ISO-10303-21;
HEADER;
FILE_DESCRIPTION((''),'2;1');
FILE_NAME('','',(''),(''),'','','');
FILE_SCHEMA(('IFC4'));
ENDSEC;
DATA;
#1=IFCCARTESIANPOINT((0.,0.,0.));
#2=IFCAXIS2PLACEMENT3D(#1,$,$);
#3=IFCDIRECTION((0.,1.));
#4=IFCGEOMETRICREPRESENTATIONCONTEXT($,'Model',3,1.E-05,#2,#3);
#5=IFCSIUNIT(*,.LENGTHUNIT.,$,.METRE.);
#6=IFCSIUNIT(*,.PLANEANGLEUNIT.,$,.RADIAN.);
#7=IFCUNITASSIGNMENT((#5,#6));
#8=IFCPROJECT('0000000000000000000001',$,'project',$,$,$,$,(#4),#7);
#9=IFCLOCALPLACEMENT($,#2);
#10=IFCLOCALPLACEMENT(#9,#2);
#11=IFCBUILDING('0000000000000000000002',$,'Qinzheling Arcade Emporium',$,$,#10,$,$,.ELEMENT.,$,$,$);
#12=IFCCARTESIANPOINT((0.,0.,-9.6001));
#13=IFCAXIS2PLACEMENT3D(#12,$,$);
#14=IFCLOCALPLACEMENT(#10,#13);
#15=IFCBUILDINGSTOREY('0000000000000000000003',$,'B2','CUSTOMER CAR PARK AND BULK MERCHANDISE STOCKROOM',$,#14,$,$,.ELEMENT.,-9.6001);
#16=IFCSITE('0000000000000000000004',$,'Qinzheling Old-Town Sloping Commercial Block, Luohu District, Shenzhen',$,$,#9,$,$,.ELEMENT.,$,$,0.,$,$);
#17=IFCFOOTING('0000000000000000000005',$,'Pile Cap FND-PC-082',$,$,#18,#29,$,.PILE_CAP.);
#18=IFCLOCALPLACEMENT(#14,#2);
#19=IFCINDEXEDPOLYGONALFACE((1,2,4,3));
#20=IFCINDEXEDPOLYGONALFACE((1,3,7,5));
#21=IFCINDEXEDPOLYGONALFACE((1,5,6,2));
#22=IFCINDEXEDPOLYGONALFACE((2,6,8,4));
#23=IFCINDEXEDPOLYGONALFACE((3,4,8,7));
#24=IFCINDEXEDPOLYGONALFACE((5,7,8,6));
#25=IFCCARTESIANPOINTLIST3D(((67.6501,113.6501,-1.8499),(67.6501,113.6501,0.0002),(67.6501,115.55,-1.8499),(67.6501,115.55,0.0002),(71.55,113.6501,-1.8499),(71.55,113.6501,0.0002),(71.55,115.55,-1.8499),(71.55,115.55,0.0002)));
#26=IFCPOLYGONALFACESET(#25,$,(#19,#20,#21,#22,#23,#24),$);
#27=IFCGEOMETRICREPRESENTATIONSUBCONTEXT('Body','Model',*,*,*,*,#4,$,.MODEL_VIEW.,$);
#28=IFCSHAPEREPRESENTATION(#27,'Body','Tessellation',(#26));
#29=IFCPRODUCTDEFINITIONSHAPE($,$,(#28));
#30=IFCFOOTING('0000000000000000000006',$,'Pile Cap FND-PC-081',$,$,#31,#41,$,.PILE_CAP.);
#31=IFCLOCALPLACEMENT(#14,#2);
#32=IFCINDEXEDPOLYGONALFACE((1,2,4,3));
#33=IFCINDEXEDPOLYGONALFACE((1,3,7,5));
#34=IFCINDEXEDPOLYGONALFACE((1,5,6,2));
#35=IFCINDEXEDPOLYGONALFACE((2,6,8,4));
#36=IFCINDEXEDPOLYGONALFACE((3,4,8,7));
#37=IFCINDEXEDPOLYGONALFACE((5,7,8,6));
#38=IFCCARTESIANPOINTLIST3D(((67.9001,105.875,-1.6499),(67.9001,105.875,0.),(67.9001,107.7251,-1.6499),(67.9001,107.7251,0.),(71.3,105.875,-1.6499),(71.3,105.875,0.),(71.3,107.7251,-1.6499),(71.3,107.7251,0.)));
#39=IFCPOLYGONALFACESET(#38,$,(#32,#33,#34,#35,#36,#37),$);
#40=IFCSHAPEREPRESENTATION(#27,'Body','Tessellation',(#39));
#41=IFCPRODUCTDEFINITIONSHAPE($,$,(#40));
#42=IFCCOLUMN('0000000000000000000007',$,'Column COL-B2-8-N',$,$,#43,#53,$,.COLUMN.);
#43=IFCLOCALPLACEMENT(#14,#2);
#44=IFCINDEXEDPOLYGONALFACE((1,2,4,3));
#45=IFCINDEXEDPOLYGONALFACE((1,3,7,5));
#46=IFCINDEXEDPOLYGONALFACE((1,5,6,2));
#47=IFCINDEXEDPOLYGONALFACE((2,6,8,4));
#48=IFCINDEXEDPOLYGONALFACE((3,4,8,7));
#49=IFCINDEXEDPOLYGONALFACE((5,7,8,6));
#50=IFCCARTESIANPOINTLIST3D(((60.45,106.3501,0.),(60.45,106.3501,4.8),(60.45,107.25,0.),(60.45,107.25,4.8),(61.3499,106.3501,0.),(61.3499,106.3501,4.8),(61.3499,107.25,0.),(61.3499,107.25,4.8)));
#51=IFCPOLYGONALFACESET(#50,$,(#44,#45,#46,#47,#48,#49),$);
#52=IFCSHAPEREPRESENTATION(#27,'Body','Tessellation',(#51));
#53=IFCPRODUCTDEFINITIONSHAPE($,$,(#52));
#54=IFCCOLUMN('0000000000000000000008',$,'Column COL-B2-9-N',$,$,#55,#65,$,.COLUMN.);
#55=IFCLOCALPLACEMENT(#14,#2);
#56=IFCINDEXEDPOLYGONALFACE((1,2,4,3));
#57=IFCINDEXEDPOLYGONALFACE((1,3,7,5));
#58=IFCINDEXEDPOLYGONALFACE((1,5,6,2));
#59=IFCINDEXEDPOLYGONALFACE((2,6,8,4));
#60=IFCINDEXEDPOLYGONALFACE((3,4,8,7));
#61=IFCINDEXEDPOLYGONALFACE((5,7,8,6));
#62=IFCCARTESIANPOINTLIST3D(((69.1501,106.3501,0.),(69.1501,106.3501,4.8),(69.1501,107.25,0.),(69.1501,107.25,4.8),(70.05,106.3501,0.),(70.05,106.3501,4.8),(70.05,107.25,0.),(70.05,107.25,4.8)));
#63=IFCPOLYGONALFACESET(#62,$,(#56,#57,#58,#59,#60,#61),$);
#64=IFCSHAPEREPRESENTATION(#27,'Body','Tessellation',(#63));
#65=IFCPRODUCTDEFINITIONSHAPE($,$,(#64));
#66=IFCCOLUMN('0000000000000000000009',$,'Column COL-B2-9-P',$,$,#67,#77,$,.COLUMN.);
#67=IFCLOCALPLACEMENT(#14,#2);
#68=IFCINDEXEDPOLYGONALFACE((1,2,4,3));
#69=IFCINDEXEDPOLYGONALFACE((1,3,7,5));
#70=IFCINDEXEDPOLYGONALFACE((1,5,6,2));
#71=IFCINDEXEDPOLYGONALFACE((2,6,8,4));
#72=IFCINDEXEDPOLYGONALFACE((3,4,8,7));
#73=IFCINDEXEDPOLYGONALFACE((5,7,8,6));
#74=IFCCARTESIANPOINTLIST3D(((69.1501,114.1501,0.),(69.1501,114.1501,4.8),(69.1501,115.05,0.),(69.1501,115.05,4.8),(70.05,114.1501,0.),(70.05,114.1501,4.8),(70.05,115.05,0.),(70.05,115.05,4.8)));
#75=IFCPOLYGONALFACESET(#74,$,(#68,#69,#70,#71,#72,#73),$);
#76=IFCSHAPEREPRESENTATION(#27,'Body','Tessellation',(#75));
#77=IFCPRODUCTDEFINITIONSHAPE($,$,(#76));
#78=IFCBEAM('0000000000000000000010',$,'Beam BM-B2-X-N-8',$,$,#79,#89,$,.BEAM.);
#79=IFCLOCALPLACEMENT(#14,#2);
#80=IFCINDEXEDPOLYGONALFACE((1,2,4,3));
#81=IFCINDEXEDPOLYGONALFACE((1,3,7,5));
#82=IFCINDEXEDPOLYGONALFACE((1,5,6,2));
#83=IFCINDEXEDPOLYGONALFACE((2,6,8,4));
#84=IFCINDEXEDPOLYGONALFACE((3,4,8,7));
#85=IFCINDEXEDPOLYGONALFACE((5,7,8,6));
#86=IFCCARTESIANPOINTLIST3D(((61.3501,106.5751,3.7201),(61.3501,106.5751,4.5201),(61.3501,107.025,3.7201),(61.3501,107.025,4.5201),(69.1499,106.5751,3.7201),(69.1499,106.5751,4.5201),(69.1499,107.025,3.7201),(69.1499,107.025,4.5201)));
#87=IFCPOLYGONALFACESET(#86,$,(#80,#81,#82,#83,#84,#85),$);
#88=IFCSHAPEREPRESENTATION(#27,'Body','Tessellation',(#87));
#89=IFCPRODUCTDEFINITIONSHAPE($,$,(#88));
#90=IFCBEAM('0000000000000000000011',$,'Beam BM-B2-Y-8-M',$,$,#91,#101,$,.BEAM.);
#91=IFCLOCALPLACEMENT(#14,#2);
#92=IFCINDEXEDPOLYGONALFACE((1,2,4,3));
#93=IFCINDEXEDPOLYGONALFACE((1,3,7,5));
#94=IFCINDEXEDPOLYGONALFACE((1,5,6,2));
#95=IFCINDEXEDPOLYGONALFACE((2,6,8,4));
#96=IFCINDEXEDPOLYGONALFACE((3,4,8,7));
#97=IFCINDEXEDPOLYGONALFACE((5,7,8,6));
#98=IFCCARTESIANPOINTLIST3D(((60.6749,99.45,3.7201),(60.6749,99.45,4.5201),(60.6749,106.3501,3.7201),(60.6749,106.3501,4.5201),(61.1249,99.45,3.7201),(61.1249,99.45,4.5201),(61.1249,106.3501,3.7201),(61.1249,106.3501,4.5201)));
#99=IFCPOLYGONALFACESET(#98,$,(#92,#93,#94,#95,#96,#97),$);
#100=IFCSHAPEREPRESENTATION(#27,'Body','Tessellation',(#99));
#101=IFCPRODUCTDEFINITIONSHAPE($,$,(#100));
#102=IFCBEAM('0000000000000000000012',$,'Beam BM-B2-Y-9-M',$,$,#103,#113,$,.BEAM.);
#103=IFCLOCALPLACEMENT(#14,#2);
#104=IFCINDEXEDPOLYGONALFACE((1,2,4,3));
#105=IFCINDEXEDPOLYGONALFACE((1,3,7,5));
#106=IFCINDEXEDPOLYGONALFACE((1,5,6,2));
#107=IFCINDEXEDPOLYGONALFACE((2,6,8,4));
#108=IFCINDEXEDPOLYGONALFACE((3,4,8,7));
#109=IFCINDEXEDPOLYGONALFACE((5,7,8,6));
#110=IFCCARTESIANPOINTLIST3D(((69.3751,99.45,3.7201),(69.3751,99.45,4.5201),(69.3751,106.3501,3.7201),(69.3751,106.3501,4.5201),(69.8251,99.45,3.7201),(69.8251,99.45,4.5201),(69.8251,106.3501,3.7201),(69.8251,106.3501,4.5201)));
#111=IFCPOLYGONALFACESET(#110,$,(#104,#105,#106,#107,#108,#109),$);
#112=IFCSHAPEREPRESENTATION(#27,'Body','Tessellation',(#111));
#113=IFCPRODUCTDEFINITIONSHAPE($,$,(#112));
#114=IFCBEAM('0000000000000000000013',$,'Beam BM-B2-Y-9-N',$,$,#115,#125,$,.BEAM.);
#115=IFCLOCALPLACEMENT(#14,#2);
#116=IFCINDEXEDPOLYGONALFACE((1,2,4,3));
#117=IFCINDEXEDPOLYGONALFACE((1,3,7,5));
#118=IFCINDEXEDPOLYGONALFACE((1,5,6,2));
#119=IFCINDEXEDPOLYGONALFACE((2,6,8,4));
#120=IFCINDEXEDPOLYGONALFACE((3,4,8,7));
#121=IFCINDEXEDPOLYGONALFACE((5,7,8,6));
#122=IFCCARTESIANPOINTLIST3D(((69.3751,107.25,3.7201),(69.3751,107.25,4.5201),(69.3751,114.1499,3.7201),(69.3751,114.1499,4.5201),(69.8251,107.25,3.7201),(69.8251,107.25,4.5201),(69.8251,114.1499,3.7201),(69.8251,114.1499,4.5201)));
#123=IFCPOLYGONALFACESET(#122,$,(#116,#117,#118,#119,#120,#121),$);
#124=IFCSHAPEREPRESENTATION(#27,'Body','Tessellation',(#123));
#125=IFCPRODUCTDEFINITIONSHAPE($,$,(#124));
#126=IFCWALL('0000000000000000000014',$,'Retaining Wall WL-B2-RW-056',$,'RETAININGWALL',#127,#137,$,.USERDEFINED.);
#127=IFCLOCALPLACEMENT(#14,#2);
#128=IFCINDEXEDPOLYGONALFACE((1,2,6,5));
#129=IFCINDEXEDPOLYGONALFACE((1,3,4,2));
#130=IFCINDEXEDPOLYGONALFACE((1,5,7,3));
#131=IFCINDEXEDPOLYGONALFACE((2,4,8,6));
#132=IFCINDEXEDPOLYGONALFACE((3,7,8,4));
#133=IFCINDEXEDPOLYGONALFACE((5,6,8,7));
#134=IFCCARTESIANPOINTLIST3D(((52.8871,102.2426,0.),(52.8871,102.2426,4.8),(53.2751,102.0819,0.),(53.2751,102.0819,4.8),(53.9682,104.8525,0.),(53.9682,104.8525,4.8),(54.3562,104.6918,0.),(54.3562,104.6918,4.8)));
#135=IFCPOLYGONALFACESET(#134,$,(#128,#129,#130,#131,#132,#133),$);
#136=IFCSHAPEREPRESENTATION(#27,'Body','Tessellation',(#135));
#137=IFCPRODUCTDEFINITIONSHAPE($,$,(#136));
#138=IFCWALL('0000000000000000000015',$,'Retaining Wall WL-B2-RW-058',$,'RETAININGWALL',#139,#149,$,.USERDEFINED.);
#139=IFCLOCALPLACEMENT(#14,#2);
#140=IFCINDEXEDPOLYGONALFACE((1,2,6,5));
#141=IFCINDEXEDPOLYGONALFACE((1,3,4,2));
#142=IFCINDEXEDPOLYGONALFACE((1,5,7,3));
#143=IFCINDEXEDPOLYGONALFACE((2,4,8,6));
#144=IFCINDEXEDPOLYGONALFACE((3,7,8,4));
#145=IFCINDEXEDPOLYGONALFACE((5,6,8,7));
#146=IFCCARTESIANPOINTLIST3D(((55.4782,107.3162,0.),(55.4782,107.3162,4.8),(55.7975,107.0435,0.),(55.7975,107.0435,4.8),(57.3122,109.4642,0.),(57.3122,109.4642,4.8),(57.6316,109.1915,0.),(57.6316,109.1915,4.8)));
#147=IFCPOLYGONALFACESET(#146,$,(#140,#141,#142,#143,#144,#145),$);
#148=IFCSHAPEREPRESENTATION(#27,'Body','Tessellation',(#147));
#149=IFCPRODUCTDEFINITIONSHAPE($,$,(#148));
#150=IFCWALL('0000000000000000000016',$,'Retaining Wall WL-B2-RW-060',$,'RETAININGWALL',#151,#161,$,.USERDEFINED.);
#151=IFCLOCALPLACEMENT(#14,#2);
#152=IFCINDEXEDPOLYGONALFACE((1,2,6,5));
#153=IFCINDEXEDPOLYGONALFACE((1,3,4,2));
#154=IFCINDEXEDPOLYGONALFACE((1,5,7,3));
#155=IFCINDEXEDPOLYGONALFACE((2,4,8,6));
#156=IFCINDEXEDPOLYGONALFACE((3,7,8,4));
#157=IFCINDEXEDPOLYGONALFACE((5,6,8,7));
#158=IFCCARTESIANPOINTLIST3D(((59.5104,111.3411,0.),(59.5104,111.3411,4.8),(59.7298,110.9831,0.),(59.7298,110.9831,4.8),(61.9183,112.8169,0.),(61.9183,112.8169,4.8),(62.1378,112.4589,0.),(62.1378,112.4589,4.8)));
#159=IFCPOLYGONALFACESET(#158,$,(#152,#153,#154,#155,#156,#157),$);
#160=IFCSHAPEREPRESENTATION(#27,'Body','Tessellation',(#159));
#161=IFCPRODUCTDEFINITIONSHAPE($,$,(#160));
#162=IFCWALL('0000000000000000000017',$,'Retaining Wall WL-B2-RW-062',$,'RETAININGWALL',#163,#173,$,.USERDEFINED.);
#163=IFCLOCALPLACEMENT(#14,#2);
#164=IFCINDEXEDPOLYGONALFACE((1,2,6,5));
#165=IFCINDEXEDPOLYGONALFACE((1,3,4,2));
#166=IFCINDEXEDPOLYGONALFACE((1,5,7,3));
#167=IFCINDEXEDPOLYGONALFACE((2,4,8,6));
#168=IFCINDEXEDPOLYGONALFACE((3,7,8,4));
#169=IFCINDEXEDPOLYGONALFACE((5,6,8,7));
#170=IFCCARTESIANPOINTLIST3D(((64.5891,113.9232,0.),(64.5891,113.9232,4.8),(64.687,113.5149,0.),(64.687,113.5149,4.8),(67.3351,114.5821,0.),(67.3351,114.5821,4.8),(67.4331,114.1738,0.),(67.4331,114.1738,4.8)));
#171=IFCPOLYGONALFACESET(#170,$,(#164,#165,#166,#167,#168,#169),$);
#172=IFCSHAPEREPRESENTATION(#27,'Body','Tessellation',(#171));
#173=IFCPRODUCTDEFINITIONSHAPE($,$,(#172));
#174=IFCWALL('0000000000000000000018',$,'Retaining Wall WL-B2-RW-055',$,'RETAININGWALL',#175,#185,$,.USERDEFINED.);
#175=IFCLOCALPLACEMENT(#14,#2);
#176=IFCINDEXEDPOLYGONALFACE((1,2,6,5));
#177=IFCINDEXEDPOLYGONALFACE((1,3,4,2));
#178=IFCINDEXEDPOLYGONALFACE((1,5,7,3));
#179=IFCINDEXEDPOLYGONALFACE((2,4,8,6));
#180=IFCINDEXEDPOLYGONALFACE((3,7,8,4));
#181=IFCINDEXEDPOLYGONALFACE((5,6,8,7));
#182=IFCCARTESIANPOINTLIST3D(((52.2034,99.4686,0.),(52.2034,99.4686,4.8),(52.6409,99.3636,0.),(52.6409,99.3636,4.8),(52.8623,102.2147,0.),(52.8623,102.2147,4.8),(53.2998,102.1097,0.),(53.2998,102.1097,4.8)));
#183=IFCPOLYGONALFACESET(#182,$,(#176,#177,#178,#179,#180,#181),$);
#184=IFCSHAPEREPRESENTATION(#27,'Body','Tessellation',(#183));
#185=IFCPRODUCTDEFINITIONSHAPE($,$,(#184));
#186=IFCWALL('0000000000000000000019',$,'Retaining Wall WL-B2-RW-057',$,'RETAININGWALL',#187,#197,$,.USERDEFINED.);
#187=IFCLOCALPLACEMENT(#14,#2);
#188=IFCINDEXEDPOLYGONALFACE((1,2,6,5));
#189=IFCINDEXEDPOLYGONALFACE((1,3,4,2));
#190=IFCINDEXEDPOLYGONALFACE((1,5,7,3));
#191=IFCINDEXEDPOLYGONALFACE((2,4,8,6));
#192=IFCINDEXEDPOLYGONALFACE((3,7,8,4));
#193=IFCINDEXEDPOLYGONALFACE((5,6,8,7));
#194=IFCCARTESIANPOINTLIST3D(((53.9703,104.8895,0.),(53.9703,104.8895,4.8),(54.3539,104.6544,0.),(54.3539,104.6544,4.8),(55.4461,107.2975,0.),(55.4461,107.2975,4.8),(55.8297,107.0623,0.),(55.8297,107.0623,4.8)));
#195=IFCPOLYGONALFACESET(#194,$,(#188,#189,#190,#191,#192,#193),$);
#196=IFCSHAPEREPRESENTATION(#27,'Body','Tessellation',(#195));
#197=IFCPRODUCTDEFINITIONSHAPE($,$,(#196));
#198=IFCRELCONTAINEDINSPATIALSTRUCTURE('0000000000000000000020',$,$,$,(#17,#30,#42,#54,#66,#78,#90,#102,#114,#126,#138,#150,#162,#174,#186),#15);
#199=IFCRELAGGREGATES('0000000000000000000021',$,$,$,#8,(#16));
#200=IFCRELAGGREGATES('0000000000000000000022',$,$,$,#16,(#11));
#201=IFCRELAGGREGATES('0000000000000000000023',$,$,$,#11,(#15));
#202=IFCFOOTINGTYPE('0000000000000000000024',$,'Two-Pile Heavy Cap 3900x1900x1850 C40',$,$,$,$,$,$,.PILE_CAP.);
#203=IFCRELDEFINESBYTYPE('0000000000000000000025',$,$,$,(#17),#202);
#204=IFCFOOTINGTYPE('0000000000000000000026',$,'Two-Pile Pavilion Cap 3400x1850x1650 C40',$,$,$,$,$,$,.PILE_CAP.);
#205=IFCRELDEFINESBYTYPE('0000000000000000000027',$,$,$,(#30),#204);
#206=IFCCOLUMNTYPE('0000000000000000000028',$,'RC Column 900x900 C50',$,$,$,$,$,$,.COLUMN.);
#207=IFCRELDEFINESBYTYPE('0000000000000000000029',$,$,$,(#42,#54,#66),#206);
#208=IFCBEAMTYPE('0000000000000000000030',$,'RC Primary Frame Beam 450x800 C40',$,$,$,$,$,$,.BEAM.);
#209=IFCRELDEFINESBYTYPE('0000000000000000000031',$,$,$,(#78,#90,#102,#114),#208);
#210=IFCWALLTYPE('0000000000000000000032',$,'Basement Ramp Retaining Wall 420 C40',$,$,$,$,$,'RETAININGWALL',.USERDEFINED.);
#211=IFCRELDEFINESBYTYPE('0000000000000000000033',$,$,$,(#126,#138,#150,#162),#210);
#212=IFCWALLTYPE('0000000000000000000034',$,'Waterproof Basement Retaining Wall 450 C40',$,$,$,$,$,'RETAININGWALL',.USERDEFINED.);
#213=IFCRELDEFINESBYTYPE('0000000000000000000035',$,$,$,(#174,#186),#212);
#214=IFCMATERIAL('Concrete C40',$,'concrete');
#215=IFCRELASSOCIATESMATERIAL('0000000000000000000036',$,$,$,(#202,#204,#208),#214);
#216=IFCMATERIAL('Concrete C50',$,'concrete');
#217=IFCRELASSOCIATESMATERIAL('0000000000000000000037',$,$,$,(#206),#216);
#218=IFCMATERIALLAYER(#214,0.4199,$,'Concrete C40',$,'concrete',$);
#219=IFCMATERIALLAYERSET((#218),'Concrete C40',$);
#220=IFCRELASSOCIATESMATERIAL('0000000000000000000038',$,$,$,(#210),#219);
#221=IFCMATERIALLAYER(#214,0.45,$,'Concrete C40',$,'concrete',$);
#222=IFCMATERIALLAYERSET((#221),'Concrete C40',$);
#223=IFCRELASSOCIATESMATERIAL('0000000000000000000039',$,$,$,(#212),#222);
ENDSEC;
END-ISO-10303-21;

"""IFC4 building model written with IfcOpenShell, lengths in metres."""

from ifc_helpers import new_model, si_unit, direction, frame, frame_2d, origin, origin_2d, place, context, subcontext, project, spatial, rectangle, extrude, material, layer, layer_set, material_profile, profile_set, type_object, element, save


model = new_model("IFC4")

# Units and contexts
model_context = context("Model", 3, precision=1e-05, world=origin(), true_north=direction((0.0, 1.0)))
body_context = subcontext(model_context, "Body", "Model", "MODEL_VIEW")
ifc_project = project(units=[si_unit("LENGTHUNIT", "METRE"), si_unit("PLANEANGLEUNIT", "RADIAN")], contexts=[model_context])

# Site, building, storey
site_placement = place(None, origin())
site = spatial("IfcSite", under=ifc_project, at=site_placement, Name="Qinzheling Old-Town Sloping Commercial Block, Luohu District, Shenzhen", CompositionType="ELEMENT", RefElevation=0.0)
building_placement = place(site_placement, origin())
building = spatial("IfcBuilding", under=site, at=building_placement, Name="Qinzheling Arcade Emporium", CompositionType="ELEMENT")
storey_placement = place(building_placement, frame((0.0, 0.0, -9.6001)))
storey = spatial("IfcBuildingStorey", under=building, at=storey_placement, Name="B2", Description="CUSTOMER CAR PARK AND BULK MERCHANDISE STOCKROOM", CompositionType="ELEMENT", Elevation=-9.6001)

# Shared definitions
ifc_material_1 = material(Name="Concrete C40", Category="concrete")

# Footings
footing_type_1 = type_object("IfcFootingType", Name="Two-Pile Heavy Cap 3900x1900x1850 C40", PredefinedType="PILE_CAP", material=ifc_material_1)
for number, where, z_axis, x_axis, name in (
    (1, (69.6001, 114.6001, -1.8499), (0.0, 0.0, 1.0), (1.0, 0.0, 0.0), "Pile Cap FND-PC-082"),
):
    element("IfcFooting", number, at=place(storey_placement, frame(where, z_axis=z_axis, x_axis=x_axis)), inside=storey, type_object=footing_type_1, Name=name, PredefinedType="PILE_CAP", context=body_context, shape_type="SweptSolid", body=[
        extrude(rectangle(XDim=3.8999, YDim=1.8999, at=origin_2d()), origin(), (0.0, 0.0, 1.0), 1.8501),
    ])
footing_type_2 = type_object("IfcFootingType", Name="Two-Pile Pavilion Cap 3400x1850x1650 C40", PredefinedType="PILE_CAP", material=ifc_material_1)
footing_1_placement = place(storey_placement, frame((69.6001, 106.8, -1.6499), z_axis=(0.0, 0.0, 1.0), x_axis=(1.0, 0.0, 0.0)))
element("IfcFooting", 2, at=footing_1_placement, inside=storey, type_object=footing_type_2, Name="Pile Cap FND-PC-081", PredefinedType="PILE_CAP", context=body_context, shape_type="SweptSolid", body=[
    extrude(rectangle(XDim=3.3999, YDim=1.8501, at=origin_2d()), origin(), (0.0, 0.0, 1.0), 1.6499),
])

# Columns
ifc_material_2 = material(Name="Concrete C50", Category="concrete")
ifc_material_profile_1 = material_profile(ifc_material_2, rectangle(XDim=0.8999, YDim=0.8999, at=origin_2d()), Name="RC 900x900", Category="concrete")
ifc_profile_set_1 = profile_set([ifc_material_profile_1], Name="Concrete C50")
column_type = type_object("IfcColumnType", Name="RC Column 900x900 C50", PredefinedType="COLUMN", material=ifc_profile_set_1)
for number, where, z_axis, x_axis, name in (
    (3, (60.8999, 106.8, 0.0), (0.0, 0.0, 1.0), (1.0, 0.0, 0.0), "Column COL-B2-8-N"),
    (4, (69.6001, 106.8, 0.0), (0.0, 0.0, 1.0), (1.0, 0.0, 0.0), "Column COL-B2-9-N"),
    (5, (69.6001, 114.6001, 0.0), (0.0, 0.0, 1.0), (1.0, 0.0, 0.0), "Column COL-B2-9-P"),
):
    element("IfcColumn", number, at=place(storey_placement, frame(where, z_axis=z_axis, x_axis=x_axis)), inside=storey, type_object=column_type, Name=name, PredefinedType="COLUMN", context=body_context, shape_type="SweptSolid", body=[
        extrude(rectangle(XDim=0.8999, YDim=0.8999, at=origin_2d()), origin(), (0.0, 0.0, 1.0), 4.8),
    ])

# Beams
ifc_material_profile_2 = material_profile(ifc_material_1, rectangle(XDim=0.45, YDim=0.8, at=origin_2d()), Name="RC 450x800", Category="concrete")
ifc_profile_set_2 = profile_set([ifc_material_profile_2], Name="Concrete C40")
beam_type = type_object("IfcBeamType", Name="RC Primary Frame Beam 450x800 C40", PredefinedType="BEAM", material=ifc_profile_set_2)
beam_1_placement = place(storey_placement, frame((61.3501, 106.8, 4.1201), z_axis=(1.0, 0.0, 0.0), x_axis=(0.0, 1.0, 0.0)))
element("IfcBeam", 6, at=beam_1_placement, inside=storey, type_object=beam_type, Name="Beam BM-B2-X-N-8", PredefinedType="BEAM", context=body_context, shape_type="SweptSolid", body=[
    extrude(rectangle(XDim=0.45, YDim=0.8, at=origin_2d()), origin(), (0.0, 0.0, 1.0), 7.7998),
])
for number, where, z_axis, x_axis, name in (
    (7, (60.8999, 99.45, 4.1201), (0.0, 1.0, 0.0), (-1.0, 0.0, 0.0), "Beam BM-B2-Y-8-M"),
    (8, (69.6001, 99.45, 4.1201), (0.0, 1.0, 0.0), (-1.0, 0.0, 0.0), "Beam BM-B2-Y-9-M"),
):
    element("IfcBeam", number, at=place(storey_placement, frame(where, z_axis=z_axis, x_axis=x_axis)), inside=storey, type_object=beam_type, Name=name, PredefinedType="BEAM", context=body_context, shape_type="SweptSolid", body=[
        extrude(rectangle(XDim=0.45, YDim=0.8, at=origin_2d()), origin(), (0.0, 0.0, 1.0), 6.9001),
    ])
beam_2_placement = place(storey_placement, frame((69.6001, 107.25, 4.1201), z_axis=(0.0, 1.0, 0.0), x_axis=(-1.0, 0.0, 0.0)))
element("IfcBeam", 9, at=beam_2_placement, inside=storey, type_object=beam_type, Name="Beam BM-B2-Y-9-N", PredefinedType="BEAM", context=body_context, shape_type="SweptSolid", body=[
    extrude(rectangle(XDim=0.45, YDim=0.8, at=origin_2d()), origin(), (0.0, 0.0, 1.0), 6.8999),
])

# Walls
ifc_layer_1 = layer(ifc_material_1, 0.4199, Name="Concrete C40", Category="concrete")
ifc_layer_set_1 = layer_set([ifc_layer_1], Name="Concrete C40")
wall_type_1 = type_object("IfcWallType", Name="Basement Ramp Retaining Wall 420 C40", ElementType="RETAININGWALL", PredefinedType="USERDEFINED", material=ifc_layer_set_1)
wall_1_placement = place(storey_placement, frame((53.0811, 102.1621, 0.0), z_axis=(0.0, 0.0, 1.0), x_axis=(0.382688, 0.923878, 0.0)))
element("IfcWall", 10, at=wall_1_placement, inside=storey, type_object=wall_type_1, Name="Retaining Wall WL-B2-RW-056", ObjectType="RETAININGWALL", PredefinedType="USERDEFINED", context=body_context, shape_type="SweptSolid", body=[
    extrude(rectangle(XDim=2.825, YDim=0.4199, at=frame_2d((1.4126, 0.0))), origin(), (0.0, 0.0, 1.0), 4.8),
])
wall_2_placement = place(storey_placement, frame((55.6379, 107.1799, 0.0), z_axis=(0.0, 0.0, 1.0), x_axis=(0.649338, 0.7605, 0.0)))
element("IfcWall", 11, at=wall_2_placement, inside=storey, type_object=wall_type_1, Name="Retaining Wall WL-B2-RW-058", ObjectType="RETAININGWALL", PredefinedType="USERDEFINED", context=body_context, shape_type="SweptSolid", body=[
    extrude(rectangle(XDim=2.8245, YDim=0.4199, at=frame_2d((1.4121, 0.0))), origin(), (0.0, 0.0, 1.0), 4.8),
])
wall_3_placement = place(storey_placement, frame((59.6201, 111.1621, 0.0), z_axis=(0.0, 0.0, 1.0), x_axis=(0.852604, 0.522558, 0.0)))
element("IfcWall", 12, at=wall_3_placement, inside=storey, type_object=wall_type_1, Name="Retaining Wall WL-B2-RW-060", ObjectType="RETAININGWALL", PredefinedType="USERDEFINED", context=body_context, shape_type="SweptSolid", body=[
    extrude(rectangle(XDim=2.8242, YDim=0.4199, at=frame_2d((1.4121, 0.0))), origin(), (0.0, 0.0, 1.0), 4.8),
])
wall_4_placement = place(storey_placement, frame((64.6379, 113.719, 0.0), z_axis=(0.0, 0.0, 1.0), x_axis=(0.972398, 0.23333, 0.0)))
element("IfcWall", 13, at=wall_4_placement, inside=storey, type_object=wall_type_1, Name="Retaining Wall WL-B2-RW-062", ObjectType="RETAININGWALL", PredefinedType="USERDEFINED", context=body_context, shape_type="SweptSolid", body=[
    extrude(rectangle(XDim=2.824, YDim=0.4199, at=frame_2d((1.4121, 0.0))), origin(), (0.0, 0.0, 1.0), 4.8),
])
ifc_layer_2 = layer(ifc_material_1, 0.45, Name="Concrete C40", Category="concrete")
ifc_layer_set_2 = layer_set([ifc_layer_2], Name="Concrete C40")
wall_type_2 = type_object("IfcWallType", Name="Waterproof Basement Retaining Wall 450 C40", ElementType="RETAININGWALL", PredefinedType="USERDEFINED", material=ifc_layer_set_2)
wall_5_placement = place(storey_placement, frame((52.4221, 99.416, 0.0), z_axis=(0.0, 0.0, 1.0), x_axis=(0.23333, 0.972398, 0.0)))
element("IfcWall", 14, at=wall_5_placement, inside=storey, type_object=wall_type_2, Name="Retaining Wall WL-B2-RW-055", ObjectType="RETAININGWALL", PredefinedType="USERDEFINED", context=body_context, shape_type="SweptSolid", body=[
    extrude(rectangle(XDim=2.824, YDim=0.45, at=frame_2d((1.4121, 0.0))), origin(), (0.0, 0.0, 1.0), 4.8),
])
wall_6_placement = place(storey_placement, frame((54.1621, 104.772, 0.0), z_axis=(0.0, 0.0, 1.0), x_axis=(0.522558, 0.852604, 0.0)))
element("IfcWall", 15, at=wall_6_placement, inside=storey, type_object=wall_type_2, Name="Retaining Wall WL-B2-RW-057", ObjectType="RETAININGWALL", PredefinedType="USERDEFINED", context=body_context, shape_type="SweptSolid", body=[
    extrude(rectangle(XDim=2.8242, YDim=0.45, at=frame_2d((1.4121, 0.0))), origin(), (0.0, 0.0, 1.0), 4.8),
])

save(model, "model.ifc")
